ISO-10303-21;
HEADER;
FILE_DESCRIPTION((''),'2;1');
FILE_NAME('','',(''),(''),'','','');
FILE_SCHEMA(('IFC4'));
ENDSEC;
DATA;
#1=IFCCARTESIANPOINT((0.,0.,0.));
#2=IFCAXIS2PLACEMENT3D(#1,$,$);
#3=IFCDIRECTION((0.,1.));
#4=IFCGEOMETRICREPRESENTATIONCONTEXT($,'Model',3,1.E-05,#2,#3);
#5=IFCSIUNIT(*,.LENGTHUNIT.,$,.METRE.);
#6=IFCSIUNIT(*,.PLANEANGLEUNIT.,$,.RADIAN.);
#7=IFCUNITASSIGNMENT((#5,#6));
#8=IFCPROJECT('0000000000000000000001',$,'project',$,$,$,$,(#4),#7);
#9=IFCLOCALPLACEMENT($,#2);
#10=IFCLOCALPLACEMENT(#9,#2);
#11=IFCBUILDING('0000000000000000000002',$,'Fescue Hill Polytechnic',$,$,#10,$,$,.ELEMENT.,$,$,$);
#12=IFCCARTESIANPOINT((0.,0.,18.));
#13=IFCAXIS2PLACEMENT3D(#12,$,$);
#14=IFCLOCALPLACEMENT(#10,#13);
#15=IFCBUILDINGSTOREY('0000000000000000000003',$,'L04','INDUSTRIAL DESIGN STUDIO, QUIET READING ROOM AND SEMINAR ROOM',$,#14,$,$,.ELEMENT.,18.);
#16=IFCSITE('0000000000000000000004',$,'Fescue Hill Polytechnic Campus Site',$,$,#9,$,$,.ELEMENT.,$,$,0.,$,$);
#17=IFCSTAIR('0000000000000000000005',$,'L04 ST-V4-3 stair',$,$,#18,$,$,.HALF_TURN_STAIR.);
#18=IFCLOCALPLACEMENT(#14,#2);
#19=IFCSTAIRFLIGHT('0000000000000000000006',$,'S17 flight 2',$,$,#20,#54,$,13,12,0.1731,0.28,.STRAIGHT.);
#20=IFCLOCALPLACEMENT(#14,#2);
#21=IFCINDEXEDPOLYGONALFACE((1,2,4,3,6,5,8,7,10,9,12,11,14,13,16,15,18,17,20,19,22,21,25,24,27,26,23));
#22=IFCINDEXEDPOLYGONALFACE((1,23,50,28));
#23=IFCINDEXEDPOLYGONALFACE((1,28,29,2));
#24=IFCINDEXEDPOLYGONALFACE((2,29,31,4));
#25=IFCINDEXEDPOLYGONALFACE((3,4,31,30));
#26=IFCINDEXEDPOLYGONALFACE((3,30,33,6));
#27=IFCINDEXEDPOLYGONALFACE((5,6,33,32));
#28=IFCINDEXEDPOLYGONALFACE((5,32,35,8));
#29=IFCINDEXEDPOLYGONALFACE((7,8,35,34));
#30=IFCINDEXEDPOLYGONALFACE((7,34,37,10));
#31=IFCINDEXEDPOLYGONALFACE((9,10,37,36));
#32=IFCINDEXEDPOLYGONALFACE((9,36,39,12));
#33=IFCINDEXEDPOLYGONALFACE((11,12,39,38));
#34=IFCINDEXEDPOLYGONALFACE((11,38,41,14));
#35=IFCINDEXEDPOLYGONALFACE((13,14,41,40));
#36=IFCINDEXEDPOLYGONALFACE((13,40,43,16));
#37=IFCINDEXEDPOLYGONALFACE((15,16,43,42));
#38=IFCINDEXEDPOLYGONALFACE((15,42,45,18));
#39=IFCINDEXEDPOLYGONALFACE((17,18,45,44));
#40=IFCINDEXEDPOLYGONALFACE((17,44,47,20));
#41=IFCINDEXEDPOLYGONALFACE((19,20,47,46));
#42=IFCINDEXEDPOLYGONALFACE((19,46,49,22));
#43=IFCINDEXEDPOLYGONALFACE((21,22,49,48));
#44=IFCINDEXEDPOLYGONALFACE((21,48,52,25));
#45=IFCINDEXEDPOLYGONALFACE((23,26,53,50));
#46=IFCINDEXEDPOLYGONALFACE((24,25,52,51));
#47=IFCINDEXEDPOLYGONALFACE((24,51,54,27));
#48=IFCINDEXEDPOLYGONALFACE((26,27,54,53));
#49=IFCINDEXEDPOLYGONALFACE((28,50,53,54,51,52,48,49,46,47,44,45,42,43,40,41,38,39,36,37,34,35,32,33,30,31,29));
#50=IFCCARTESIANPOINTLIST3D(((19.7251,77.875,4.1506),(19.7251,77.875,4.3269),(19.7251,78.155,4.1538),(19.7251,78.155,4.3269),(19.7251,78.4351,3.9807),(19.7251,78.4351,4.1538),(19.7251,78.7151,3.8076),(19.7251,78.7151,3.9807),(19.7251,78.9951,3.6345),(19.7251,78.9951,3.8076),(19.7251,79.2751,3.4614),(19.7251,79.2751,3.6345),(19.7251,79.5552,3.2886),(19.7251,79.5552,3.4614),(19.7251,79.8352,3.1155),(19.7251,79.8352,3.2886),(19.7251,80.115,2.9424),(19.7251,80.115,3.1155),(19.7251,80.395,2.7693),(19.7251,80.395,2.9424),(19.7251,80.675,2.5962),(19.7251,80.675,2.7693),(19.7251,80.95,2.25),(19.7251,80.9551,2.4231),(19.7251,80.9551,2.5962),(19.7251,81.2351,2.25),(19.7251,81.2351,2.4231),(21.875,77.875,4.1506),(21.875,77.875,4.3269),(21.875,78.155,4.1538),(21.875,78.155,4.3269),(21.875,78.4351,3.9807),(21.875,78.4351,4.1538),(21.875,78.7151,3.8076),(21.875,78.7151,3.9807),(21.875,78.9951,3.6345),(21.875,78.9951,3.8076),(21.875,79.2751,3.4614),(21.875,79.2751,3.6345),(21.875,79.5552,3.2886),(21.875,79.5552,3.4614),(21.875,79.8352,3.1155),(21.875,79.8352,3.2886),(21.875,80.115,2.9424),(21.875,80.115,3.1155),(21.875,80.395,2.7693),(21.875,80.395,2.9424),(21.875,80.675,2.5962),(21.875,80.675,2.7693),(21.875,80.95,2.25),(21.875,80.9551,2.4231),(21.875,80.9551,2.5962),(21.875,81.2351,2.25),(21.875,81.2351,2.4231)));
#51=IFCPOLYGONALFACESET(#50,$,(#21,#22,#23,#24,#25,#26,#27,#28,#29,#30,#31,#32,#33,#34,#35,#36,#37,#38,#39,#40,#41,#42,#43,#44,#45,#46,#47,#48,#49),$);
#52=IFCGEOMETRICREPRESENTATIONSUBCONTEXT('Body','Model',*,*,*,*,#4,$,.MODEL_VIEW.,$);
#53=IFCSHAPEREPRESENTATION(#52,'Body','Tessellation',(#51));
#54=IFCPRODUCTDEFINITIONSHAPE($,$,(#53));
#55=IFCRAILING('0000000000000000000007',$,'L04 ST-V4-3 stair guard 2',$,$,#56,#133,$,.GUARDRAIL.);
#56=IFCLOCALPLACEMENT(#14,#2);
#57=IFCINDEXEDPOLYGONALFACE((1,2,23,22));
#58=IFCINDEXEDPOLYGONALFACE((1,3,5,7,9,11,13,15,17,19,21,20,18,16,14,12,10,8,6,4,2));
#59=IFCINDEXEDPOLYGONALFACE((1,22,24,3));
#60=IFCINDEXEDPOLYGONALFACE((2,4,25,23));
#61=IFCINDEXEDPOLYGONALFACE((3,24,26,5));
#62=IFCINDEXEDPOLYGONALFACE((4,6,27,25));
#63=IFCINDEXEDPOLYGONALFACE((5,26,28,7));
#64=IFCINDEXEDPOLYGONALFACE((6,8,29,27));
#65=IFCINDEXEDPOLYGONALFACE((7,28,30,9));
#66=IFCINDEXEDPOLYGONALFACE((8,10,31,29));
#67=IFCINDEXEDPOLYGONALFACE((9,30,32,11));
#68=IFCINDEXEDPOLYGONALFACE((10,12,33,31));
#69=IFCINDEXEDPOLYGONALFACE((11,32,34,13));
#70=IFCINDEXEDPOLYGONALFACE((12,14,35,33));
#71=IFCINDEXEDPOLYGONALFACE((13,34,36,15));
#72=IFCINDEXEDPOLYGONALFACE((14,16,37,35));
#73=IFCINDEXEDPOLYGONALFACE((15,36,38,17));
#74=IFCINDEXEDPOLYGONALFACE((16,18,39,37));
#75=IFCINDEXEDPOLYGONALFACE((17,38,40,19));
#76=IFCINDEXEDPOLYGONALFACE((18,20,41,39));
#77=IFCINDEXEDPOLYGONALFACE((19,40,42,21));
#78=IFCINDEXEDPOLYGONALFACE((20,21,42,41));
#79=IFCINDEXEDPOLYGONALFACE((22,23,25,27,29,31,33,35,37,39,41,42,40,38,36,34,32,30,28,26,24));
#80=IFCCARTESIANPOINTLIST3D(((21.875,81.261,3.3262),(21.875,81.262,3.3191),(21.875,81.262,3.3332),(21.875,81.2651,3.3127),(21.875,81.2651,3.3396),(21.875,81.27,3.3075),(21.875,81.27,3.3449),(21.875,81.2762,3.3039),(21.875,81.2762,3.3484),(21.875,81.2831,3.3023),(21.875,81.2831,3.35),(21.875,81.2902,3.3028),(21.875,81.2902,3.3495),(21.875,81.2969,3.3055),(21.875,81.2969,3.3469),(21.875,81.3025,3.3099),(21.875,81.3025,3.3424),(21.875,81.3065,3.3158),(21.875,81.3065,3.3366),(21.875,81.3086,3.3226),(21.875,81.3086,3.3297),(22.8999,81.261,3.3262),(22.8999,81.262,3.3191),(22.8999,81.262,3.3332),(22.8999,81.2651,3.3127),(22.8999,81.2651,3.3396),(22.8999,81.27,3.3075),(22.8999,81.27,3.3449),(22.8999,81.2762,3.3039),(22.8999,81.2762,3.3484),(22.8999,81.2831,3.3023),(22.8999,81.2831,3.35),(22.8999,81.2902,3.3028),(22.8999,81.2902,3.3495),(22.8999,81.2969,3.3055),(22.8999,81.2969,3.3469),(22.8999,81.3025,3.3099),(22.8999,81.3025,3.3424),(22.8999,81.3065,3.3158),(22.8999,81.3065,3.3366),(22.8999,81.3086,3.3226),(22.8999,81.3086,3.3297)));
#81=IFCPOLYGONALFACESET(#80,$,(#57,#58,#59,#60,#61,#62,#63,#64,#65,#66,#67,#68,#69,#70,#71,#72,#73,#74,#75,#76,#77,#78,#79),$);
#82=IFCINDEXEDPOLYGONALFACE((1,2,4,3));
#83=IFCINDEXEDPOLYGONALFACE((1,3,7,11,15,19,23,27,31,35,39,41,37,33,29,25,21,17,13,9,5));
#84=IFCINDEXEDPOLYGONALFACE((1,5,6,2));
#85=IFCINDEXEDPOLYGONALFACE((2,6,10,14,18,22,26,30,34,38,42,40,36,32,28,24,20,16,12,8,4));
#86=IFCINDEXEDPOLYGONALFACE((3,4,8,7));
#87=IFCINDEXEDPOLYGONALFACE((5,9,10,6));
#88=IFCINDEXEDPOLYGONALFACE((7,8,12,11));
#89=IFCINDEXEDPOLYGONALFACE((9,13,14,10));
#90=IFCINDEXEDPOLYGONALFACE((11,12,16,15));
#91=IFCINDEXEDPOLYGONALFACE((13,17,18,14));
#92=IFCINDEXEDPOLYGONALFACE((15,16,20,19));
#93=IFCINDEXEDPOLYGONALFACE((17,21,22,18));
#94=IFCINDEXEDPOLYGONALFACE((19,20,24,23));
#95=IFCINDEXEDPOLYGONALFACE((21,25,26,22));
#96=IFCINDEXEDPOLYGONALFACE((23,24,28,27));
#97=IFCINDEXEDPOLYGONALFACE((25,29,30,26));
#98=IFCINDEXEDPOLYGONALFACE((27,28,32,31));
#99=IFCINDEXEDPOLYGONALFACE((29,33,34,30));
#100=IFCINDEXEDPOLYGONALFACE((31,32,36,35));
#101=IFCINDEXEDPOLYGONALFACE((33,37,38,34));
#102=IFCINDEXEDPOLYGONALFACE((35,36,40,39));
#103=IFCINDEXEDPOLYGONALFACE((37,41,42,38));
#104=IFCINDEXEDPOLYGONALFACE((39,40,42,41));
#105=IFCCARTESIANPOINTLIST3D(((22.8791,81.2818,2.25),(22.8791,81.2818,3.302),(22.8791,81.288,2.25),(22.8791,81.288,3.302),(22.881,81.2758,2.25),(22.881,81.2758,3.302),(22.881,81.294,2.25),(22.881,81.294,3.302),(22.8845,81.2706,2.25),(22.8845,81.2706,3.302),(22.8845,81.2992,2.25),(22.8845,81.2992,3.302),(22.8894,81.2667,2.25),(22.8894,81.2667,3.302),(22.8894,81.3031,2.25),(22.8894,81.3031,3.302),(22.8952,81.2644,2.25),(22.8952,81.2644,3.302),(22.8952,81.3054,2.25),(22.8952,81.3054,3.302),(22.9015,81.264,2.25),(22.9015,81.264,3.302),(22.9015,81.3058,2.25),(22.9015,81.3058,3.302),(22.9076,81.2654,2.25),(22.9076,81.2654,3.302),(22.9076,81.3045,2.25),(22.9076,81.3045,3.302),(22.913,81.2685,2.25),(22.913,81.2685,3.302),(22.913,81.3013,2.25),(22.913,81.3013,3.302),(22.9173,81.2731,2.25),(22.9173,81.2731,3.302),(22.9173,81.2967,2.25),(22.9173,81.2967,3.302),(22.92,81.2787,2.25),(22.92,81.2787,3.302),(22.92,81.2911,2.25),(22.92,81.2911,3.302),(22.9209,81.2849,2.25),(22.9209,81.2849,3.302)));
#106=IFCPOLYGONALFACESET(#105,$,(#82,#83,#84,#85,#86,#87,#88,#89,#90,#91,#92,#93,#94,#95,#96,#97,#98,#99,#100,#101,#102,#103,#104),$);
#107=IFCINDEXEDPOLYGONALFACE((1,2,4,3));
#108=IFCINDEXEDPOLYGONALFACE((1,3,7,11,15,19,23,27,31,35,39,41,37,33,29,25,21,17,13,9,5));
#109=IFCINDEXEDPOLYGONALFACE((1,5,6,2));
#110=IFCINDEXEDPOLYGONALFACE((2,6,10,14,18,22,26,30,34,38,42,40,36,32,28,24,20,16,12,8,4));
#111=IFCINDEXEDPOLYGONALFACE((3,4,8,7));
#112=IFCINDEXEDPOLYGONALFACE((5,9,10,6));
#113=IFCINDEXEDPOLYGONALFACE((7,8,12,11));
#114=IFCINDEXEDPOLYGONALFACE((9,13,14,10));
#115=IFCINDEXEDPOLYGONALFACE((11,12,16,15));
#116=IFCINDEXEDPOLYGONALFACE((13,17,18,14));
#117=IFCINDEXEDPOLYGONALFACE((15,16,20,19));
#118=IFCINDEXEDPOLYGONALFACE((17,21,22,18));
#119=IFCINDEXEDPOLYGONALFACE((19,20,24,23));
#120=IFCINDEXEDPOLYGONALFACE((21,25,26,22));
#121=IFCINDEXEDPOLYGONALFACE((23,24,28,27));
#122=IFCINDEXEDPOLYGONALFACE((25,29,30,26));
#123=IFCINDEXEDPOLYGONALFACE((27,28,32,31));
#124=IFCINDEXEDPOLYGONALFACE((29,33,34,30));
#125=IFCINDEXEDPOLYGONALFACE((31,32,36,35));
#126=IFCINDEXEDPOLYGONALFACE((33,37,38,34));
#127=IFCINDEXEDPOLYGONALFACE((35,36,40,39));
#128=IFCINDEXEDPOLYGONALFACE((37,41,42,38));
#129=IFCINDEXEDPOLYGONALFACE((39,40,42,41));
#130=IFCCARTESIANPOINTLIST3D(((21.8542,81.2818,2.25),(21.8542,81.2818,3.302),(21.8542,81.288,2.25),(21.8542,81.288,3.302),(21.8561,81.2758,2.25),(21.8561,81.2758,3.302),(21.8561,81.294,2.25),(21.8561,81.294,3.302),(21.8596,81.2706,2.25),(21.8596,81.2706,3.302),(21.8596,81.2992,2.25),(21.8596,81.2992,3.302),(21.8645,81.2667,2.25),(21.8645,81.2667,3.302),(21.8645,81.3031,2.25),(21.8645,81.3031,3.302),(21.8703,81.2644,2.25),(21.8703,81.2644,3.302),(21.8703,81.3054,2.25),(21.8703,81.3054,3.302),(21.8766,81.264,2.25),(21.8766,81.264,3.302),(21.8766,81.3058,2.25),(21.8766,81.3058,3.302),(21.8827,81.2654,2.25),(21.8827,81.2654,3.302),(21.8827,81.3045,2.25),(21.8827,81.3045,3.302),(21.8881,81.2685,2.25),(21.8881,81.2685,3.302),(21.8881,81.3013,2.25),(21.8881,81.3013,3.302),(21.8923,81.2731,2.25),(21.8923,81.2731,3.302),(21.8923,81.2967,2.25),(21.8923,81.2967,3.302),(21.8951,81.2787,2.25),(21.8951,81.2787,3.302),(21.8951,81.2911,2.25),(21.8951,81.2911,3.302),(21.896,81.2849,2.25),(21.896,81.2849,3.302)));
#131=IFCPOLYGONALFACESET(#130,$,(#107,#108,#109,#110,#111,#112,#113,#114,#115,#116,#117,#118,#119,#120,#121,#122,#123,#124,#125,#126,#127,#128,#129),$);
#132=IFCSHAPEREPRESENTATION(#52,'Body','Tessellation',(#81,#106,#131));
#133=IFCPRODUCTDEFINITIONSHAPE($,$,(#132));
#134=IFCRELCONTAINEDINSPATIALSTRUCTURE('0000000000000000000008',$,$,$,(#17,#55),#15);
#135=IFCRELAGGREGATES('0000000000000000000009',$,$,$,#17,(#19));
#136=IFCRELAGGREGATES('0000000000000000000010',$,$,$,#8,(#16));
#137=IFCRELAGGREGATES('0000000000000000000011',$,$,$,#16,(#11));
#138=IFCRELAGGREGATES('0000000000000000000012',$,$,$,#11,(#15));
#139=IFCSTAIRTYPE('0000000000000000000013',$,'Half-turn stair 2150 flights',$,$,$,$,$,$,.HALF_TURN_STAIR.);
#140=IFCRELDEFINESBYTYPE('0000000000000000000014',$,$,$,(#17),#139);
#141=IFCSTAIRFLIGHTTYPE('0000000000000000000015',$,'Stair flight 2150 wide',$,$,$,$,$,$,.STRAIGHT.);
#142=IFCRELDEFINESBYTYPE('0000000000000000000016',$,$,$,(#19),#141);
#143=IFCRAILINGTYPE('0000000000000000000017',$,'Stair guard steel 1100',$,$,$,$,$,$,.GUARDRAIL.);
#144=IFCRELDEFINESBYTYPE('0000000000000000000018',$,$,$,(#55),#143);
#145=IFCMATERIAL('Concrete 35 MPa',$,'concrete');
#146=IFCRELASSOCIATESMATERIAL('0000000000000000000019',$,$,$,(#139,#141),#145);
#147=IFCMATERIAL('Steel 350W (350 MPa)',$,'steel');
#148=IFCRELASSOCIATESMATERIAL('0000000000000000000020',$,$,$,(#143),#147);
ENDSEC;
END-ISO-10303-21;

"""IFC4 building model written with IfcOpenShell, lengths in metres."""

from ifc_helpers import new_model, si_unit, direction, frame, origin, origin_2d, place, context, subcontext, project, spatial, polyline, circle, outline, extrude, material, type_object, element, aggregate, save


model = new_model("IFC4")

# Units and contexts
model_context = context("Model", 3, precision=1e-05, world=origin(), true_north=direction((0.0, 1.0)))
body_context = subcontext(model_context, "Body", "Model", "MODEL_VIEW")
ifc_project = project(units=[si_unit("LENGTHUNIT", "METRE"), si_unit("PLANEANGLEUNIT", "RADIAN")], contexts=[model_context])

# Site, building, storey
site_placement = place(None, origin())
site = spatial("IfcSite", under=ifc_project, at=site_placement, Name="Fescue Hill Polytechnic Campus Site", CompositionType="ELEMENT", RefElevation=0.0)
building_placement = place(site_placement, origin())
building = spatial("IfcBuilding", under=site, at=building_placement, Name="Fescue Hill Polytechnic", CompositionType="ELEMENT")
storey_placement = place(building_placement, frame((0.0, 0.0, 18.0)))
storey = spatial("IfcBuildingStorey", under=building, at=storey_placement, Name="L04", Description="INDUSTRIAL DESIGN STUDIO, QUIET READING ROOM AND SEMINAR ROOM", CompositionType="ELEMENT", Elevation=18.0)

# Shared definitions
ifc_material_1 = material(Name="Concrete 35 MPa", Category="concrete")

# Stair, stair flight
stair_type = type_object("IfcStairType", Name="Half-turn stair 2150 flights", PredefinedType="HALF_TURN_STAIR", material=ifc_material_1)
stair_placement = place(storey_placement, origin())
stair = element("IfcStair", 1, at=stair_placement, inside=storey, type_object=stair_type, Name="L04 ST-V4-3 stair", PredefinedType="HALF_TURN_STAIR")
stair_flight_type = type_object("IfcStairFlightType", Name="Stair flight 2150 wide", PredefinedType="STRAIGHT", material=ifc_material_1)
stair_flight_placement = place(storey_placement, frame((20.8, 81.2351, 2.25), z_axis=(0.0, 0.0, 1.0), x_axis=(0.0, -1.0, 0.0)))
stair_flight = element("IfcStairFlight", 2, at=stair_flight_placement, type_object=stair_flight_type, Name="S17 flight 2", NumberOfRisers=13, NumberOfTreads=12, PredefinedType="STRAIGHT", RiserHeight=0.1731, TreadLength=0.28, context=body_context, shape_type="SweptSolid", body=[
    extrude(outline(polyline([(0.0, 0.0), (0.0, 0.1731), (0.28, 0.1731), (0.28, 0.3462), (0.5601, 0.3462), (0.5601, 0.5193), (0.8401, 0.5193), (0.8401, 0.6924), (1.1201, 0.6924), (1.1201, 0.8655), (1.3999, 0.8655), (1.3999, 1.0386), (1.6799, 1.0386), (1.6799, 1.2114), (1.96, 1.2114), (1.96, 1.3845), (2.24, 1.3845), (2.24, 1.5576), (2.52, 1.5576), (2.52, 1.7307), (2.8, 1.7307), (2.8, 1.9038), (3.0801, 1.9038), (3.0801, 2.0769), (3.3601, 2.0769), (3.3601, 2.25), (3.3601, 1.9006), (0.2852, 0.0), (0.0, 0.0)])), frame((0.0, 1.075, 0.0), z_axis=(0.0, -1.0, 0.0), x_axis=(1.0, 0.0, 0.0)), (0.0, 0.0, 1.0), 2.1499),
])
aggregate(stair, [stair_flight])

# Railing
ifc_material_2 = material(Name="Steel 350W (350 MPa)", Category="steel")
railing_type_1 = type_object("IfcRailingType", Name="Stair guard steel 1100", PredefinedType="GUARDRAIL", material=ifc_material_2)
railing_1_placement = place(storey_placement, frame((22.8999, 81.2849, 2.25)))
element("IfcRailing", 3, at=railing_1_placement, inside=storey, type_object=railing_type_1, Name="L04 ST-V4-3 stair guard 2", PredefinedType="GUARDRAIL", context=body_context, shape_type="SweptSolid", body=[
    extrude(circle(Radius=0.0239, at=origin_2d()), frame((0.0, 0.0, 1.0762), z_axis=(-1.0, 0.0, 0.0), x_axis=(0.0, -1.0, 0.0)), (0.0, 0.0, 1.0), 1.0249),
    extrude(circle(Radius=0.021, at=origin_2d()), origin(), (0.0, 0.0, 1.0), 1.052),
    extrude(circle(Radius=0.021, at=origin_2d()), frame((-1.0249, 0.0, 0.0)), (0.0, 0.0, 1.0), 1.052),
])

save(model, "model.ifc")
